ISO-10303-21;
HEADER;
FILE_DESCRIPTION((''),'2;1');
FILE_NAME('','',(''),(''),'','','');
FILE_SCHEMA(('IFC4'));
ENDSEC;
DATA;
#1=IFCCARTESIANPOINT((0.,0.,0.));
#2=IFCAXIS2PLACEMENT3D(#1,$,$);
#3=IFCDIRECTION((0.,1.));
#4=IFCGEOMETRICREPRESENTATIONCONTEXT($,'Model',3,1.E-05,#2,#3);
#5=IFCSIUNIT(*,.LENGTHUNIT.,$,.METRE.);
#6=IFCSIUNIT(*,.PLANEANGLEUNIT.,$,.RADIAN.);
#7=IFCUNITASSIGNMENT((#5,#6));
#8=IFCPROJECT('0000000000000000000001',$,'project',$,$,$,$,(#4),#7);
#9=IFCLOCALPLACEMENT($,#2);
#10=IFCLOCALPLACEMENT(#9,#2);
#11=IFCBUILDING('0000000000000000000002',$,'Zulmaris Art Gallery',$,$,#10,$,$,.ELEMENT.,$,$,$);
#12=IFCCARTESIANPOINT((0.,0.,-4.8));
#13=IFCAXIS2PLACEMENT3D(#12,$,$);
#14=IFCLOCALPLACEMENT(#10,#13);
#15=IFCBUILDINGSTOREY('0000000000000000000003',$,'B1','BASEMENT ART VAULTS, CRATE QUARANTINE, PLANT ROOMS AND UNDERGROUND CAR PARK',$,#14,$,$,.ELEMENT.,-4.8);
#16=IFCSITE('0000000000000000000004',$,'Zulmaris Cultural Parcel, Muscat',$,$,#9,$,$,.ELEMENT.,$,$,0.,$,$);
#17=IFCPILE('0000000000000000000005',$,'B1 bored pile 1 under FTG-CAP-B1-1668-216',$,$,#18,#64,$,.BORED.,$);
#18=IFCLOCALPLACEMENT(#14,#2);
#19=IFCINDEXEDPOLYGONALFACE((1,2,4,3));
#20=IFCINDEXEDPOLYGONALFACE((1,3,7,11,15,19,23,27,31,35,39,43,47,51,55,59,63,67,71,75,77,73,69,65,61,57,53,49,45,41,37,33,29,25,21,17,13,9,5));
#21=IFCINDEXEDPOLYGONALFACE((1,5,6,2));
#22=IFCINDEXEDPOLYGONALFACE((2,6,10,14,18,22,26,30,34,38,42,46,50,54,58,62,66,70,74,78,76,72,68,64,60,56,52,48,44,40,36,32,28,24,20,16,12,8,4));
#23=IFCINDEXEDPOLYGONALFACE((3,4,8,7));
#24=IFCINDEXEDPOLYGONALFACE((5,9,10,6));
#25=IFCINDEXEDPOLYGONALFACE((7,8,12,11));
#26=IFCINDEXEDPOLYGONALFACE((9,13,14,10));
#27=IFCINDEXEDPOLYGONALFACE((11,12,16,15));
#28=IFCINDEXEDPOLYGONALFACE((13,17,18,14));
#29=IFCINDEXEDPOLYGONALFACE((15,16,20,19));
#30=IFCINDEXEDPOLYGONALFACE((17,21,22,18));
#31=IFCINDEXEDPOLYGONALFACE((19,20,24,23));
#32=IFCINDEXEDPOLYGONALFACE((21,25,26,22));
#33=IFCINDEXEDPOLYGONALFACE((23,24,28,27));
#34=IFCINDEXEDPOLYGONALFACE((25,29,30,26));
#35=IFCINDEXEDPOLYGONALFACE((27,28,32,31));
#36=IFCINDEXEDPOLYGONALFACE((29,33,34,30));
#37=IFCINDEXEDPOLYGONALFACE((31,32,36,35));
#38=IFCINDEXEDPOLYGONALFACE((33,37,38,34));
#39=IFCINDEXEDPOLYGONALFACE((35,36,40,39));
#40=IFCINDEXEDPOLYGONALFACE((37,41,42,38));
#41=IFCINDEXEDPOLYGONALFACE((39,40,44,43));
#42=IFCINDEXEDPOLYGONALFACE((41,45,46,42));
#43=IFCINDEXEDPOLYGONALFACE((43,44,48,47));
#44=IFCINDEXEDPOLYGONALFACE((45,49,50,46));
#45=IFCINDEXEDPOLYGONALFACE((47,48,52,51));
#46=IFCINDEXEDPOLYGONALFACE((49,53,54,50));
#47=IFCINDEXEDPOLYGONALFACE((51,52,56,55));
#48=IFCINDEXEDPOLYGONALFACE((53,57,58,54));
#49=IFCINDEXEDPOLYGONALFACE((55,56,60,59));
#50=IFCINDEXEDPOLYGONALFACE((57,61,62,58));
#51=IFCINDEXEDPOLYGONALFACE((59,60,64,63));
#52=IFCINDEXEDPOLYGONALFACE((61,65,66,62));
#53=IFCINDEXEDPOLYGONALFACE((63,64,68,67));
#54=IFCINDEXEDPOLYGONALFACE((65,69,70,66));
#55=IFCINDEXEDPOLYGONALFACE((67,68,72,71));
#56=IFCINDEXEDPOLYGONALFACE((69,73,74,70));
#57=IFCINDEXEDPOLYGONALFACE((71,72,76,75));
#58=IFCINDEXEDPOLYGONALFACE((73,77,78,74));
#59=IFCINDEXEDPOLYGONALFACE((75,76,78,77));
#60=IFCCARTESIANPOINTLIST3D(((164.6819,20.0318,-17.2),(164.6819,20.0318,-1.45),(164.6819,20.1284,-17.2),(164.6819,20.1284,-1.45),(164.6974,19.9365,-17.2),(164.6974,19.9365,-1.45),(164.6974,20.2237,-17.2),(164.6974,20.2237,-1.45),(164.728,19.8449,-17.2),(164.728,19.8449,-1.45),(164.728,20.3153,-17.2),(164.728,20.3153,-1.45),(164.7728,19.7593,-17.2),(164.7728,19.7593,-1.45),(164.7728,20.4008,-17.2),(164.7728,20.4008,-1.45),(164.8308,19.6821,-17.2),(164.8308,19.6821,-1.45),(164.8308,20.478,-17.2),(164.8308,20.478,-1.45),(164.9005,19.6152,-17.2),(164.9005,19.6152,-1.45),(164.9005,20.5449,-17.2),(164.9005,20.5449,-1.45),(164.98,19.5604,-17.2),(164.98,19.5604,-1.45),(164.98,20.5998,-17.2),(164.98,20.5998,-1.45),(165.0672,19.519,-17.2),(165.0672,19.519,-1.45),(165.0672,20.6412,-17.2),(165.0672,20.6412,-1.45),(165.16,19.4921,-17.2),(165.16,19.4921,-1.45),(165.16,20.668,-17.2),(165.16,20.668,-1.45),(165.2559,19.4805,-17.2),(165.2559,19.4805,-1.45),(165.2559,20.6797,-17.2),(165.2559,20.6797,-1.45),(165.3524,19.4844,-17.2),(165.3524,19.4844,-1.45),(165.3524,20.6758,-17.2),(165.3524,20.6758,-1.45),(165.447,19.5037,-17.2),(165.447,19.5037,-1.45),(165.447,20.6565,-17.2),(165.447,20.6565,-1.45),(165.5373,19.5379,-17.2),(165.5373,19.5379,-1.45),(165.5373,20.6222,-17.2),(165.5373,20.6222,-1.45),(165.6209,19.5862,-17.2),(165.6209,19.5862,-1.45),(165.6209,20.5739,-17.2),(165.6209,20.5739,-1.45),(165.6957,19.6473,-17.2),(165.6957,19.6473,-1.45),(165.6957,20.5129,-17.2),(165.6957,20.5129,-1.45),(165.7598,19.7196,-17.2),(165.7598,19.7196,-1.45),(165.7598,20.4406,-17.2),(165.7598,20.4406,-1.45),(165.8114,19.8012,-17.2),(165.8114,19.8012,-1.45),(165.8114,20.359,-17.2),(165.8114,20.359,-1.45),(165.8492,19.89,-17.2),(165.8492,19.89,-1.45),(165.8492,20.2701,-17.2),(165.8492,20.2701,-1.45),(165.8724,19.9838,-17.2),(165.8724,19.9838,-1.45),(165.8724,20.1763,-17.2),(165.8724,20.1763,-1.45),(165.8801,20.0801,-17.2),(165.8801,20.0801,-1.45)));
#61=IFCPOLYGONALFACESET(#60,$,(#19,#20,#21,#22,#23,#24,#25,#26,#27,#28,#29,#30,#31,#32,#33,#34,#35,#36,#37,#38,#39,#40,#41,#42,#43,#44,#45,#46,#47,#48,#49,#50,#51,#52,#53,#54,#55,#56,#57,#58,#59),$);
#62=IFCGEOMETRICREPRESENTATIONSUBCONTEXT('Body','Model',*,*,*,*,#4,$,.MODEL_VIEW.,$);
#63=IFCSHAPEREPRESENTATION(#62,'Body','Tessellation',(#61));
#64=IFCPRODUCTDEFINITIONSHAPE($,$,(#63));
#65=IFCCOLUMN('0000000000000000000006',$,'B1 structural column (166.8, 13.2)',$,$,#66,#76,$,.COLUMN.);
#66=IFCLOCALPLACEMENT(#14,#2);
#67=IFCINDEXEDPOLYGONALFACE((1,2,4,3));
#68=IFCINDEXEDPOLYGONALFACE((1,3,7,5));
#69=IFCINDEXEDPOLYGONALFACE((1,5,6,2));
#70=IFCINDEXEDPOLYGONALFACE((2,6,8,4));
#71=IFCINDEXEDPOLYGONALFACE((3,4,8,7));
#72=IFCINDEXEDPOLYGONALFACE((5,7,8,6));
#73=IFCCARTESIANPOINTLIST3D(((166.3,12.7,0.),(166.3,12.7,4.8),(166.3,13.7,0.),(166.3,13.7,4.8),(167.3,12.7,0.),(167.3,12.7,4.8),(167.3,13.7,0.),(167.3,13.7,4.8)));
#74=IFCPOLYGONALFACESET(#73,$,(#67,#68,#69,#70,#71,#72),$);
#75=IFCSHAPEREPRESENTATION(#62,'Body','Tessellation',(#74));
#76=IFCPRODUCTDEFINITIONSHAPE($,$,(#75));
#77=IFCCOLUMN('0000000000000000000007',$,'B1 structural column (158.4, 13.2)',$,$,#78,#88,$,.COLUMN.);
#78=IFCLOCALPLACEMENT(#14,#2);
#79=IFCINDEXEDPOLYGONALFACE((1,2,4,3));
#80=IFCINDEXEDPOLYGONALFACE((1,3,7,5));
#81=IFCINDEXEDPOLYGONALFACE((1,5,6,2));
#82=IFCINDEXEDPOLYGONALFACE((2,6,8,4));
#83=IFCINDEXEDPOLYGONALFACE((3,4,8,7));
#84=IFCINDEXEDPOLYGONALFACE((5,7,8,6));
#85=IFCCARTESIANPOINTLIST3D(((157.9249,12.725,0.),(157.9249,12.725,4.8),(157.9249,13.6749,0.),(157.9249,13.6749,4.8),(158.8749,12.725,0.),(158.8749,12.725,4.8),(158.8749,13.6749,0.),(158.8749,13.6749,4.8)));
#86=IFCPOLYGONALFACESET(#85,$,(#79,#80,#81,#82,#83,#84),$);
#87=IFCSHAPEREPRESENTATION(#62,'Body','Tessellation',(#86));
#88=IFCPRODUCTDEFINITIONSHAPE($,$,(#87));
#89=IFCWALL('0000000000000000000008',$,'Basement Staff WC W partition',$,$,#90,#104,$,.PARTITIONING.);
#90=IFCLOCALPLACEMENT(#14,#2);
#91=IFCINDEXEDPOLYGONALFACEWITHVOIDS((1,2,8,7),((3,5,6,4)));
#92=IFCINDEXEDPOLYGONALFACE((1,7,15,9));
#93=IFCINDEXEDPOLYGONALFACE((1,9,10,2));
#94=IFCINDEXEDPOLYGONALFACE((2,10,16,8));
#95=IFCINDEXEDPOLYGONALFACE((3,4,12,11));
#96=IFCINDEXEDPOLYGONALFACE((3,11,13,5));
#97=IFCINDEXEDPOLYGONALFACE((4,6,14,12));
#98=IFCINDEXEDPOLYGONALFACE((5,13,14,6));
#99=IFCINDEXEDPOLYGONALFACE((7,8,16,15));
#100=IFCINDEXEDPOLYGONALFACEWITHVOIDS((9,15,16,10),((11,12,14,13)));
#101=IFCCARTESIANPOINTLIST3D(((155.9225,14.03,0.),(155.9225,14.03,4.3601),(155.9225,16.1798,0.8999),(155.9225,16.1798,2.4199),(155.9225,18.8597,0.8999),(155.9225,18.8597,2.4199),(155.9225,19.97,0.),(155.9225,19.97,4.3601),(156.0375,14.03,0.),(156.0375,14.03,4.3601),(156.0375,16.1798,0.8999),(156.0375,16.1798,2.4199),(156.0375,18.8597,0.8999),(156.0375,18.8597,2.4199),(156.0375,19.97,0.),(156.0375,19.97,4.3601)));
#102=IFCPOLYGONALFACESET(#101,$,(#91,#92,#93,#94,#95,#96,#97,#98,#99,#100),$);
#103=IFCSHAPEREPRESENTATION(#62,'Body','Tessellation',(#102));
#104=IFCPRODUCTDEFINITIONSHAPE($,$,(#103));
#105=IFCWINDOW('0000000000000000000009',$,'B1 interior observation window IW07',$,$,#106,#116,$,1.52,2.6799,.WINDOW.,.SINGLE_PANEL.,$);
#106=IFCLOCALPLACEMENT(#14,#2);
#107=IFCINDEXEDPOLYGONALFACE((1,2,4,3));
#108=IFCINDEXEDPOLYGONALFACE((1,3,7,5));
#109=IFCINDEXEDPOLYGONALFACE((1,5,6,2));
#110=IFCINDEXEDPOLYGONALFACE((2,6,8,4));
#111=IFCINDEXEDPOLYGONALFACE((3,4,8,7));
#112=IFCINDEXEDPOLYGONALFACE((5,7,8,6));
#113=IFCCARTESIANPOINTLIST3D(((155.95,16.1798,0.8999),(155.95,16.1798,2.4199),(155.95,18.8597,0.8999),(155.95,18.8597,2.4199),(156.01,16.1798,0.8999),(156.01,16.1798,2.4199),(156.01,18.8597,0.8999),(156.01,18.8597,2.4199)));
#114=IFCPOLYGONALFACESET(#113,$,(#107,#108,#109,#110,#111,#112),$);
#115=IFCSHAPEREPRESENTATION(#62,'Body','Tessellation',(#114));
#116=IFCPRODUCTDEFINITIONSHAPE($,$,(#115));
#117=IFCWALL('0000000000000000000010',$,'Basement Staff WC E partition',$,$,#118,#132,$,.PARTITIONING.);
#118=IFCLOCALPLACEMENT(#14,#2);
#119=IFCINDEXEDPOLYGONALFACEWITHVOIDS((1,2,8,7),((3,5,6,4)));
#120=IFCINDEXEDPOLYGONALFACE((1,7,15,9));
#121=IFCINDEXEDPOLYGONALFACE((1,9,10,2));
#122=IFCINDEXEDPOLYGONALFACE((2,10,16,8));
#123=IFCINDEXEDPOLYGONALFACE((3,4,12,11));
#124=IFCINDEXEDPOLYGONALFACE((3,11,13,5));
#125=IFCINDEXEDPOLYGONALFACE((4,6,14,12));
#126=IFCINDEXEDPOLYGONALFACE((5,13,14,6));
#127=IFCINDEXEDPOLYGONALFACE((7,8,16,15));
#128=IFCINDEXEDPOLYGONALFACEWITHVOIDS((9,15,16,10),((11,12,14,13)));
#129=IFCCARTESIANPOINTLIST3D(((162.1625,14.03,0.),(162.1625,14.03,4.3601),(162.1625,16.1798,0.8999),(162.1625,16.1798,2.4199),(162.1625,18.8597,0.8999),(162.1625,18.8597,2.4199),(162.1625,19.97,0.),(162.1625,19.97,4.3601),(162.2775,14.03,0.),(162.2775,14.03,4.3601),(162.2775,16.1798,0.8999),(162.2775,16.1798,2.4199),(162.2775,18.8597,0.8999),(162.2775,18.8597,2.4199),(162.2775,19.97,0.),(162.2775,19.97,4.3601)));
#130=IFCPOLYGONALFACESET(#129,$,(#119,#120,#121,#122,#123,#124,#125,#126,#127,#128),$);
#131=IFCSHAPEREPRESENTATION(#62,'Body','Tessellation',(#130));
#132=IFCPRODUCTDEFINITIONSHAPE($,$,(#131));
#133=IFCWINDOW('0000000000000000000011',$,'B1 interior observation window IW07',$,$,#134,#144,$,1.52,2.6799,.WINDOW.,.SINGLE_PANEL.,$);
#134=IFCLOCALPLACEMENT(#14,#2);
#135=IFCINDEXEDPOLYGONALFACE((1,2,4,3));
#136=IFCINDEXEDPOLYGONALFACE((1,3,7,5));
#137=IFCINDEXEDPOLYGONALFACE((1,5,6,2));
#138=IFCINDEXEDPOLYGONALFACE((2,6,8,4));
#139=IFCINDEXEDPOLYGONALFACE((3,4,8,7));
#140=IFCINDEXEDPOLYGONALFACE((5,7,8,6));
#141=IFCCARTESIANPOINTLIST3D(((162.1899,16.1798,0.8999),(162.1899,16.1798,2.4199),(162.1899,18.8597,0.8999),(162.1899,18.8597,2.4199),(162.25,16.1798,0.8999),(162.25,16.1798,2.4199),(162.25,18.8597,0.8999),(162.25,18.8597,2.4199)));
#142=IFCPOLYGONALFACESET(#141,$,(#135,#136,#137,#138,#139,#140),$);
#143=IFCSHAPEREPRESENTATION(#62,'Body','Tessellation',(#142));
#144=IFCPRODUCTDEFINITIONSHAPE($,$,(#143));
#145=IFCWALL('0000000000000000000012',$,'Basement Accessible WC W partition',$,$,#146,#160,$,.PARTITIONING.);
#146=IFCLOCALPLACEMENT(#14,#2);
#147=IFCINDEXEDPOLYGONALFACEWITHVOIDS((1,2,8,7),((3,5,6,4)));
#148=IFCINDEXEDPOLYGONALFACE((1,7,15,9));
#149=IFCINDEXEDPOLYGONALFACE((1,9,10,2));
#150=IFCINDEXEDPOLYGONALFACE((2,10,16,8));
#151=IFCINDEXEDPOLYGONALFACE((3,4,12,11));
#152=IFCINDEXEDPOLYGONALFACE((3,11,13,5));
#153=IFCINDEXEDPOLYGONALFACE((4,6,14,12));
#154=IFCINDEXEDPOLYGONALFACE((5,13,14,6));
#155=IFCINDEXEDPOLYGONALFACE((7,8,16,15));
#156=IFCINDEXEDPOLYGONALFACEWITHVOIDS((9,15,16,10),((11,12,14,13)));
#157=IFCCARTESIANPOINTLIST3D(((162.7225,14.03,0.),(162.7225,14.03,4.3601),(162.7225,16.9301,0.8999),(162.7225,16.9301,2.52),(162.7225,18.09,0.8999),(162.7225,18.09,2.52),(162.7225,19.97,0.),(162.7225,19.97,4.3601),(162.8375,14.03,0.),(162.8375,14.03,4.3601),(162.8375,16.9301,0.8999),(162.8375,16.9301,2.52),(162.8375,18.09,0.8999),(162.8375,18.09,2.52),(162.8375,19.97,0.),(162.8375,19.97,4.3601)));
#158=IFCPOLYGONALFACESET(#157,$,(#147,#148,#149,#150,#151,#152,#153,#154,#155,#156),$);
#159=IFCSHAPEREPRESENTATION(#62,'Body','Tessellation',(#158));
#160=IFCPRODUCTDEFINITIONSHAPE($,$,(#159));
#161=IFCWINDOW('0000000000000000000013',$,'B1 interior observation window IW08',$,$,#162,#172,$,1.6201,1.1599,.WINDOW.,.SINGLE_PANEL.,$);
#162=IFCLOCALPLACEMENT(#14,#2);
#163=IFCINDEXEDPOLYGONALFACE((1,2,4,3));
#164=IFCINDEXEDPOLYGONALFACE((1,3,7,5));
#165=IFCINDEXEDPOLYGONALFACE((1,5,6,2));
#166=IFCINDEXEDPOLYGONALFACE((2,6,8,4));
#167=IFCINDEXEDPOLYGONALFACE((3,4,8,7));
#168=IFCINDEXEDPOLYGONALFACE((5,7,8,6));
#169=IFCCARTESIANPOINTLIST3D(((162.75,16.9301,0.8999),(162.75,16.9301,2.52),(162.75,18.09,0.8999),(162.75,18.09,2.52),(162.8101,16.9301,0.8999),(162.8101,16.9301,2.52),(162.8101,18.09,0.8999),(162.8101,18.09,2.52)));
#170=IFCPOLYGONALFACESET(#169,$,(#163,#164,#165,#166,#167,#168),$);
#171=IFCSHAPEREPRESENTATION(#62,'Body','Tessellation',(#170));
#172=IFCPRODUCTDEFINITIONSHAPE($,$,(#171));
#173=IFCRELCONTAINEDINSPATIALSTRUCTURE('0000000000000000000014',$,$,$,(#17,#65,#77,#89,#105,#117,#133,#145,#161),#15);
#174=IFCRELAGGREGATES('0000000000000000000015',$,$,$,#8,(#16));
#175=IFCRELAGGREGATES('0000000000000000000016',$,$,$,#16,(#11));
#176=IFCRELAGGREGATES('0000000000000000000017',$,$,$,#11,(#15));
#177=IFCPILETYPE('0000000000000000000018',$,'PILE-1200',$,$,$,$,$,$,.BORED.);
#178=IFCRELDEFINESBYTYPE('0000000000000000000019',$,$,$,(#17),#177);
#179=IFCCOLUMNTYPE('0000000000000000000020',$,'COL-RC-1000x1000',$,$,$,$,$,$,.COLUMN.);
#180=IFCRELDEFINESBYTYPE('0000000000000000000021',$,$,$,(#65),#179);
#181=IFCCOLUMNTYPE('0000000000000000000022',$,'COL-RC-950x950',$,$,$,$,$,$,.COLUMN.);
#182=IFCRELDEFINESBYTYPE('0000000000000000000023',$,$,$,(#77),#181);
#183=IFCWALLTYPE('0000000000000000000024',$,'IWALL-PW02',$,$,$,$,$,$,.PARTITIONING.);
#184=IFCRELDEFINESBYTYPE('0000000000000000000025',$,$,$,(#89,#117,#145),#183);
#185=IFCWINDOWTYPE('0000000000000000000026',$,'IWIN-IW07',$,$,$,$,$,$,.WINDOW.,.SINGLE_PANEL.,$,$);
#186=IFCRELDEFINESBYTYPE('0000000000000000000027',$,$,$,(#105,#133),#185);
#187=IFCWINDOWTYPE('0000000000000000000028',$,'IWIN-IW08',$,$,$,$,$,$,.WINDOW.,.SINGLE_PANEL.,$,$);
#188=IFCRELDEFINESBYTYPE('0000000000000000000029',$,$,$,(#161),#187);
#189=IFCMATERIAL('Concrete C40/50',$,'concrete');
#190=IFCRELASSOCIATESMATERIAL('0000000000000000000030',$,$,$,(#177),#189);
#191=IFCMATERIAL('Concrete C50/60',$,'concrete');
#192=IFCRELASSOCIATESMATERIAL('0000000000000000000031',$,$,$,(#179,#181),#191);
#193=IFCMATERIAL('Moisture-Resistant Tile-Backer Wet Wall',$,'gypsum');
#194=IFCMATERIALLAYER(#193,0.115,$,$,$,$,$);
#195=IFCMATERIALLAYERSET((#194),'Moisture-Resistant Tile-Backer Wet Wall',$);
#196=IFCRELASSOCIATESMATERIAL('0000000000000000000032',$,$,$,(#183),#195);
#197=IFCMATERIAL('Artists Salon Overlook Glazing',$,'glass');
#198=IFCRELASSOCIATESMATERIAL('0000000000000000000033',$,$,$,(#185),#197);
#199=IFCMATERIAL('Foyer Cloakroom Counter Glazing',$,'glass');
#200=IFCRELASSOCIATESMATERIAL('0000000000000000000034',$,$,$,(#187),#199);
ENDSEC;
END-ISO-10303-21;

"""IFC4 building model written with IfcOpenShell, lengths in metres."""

from ifc_helpers import new_model, si_unit, direction, frame, frame_2d, origin, origin_2d, place, context, subcontext, project, spatial, rectangle, circle, extrude, material, layer, layer_set, material_profile, profile_set, type_object, element, fill, save


model = new_model("IFC4")

# Units and contexts
model_context = context("Model", 3, precision=1e-05, world=origin(), true_north=direction((0.0, 1.0)))
body_context = subcontext(model_context, "Body", "Model", "MODEL_VIEW")
ifc_project = project(units=[si_unit("LENGTHUNIT", "METRE"), si_unit("PLANEANGLEUNIT", "RADIAN")], contexts=[model_context])

# Site, building, storey
site_placement = place(None, origin())
site = spatial("IfcSite", under=ifc_project, at=site_placement, Name="Zulmaris Cultural Parcel, Muscat", CompositionType="ELEMENT", RefElevation=0.0)
building_placement = place(site_placement, origin())
building = spatial("IfcBuilding", under=site, at=building_placement, Name="Zulmaris Art Gallery", CompositionType="ELEMENT")
storey_placement = place(building_placement, frame((0.0, 0.0, -4.8)))
storey = spatial("IfcBuildingStorey", under=building, at=storey_placement, Name="B1", Description="BASEMENT ART VAULTS, CRATE QUARANTINE, PLANT ROOMS AND UNDERGROUND CAR PARK", CompositionType="ELEMENT", Elevation=-4.8)

# Pile
ifc_material_1 = material(Name="Concrete C40/50", Category="concrete")
ifc_material_profile_1 = material_profile(ifc_material_1, circle(Radius=0.6001, at=origin_2d()), Name="PILE DIA 1200")
ifc_profile_set_1 = profile_set([ifc_material_profile_1], Name="Concrete C40/50")
pile_type = type_object("IfcPileType", Name="PILE-1200", PredefinedType="BORED", material=ifc_profile_set_1)
for number, where, z_axis, x_axis, name in (
    (1, (165.28, 20.0801, -1.45), (0.0, 0.0, -1.0), (1.0, 0.0, 0.0), "B1 bored pile 1 under FTG-CAP-B1-1668-216"),
):
    element("IfcPile", number, at=place(storey_placement, frame(where, z_axis=z_axis, x_axis=x_axis)), inside=storey, type_object=pile_type, Name=name, PredefinedType="BORED", context=body_context, shape_type="SweptSolid", body=[
        extrude(circle(Radius=0.6001, at=origin_2d()), origin(), (0.0, 0.0, 1.0), 15.75),
    ])

# Columns
ifc_material_2 = material(Name="Concrete C50/60", Category="concrete")
ifc_material_profile_2 = material_profile(ifc_material_2, rectangle(XDim=1.0, YDim=1.0, at=origin_2d()), Name="RC 1000x1000")
ifc_profile_set_2 = profile_set([ifc_material_profile_2], Name="Concrete C50/60")
column_type_1 = type_object("IfcColumnType", Name="COL-RC-1000x1000", PredefinedType="COLUMN", material=ifc_profile_set_2)
column_1_placement = place(storey_placement, frame((166.8, 13.2, 0.0), z_axis=(0.0, 0.0, 1.0), x_axis=(1.0, 0.0, 0.0)))
element("IfcColumn", 2, at=column_1_placement, inside=storey, type_object=column_type_1, Name="B1 structural column (166.8, 13.2)", PredefinedType="COLUMN", context=body_context, shape_type="SweptSolid", body=[
    extrude(rectangle(XDim=1.0, YDim=1.0, at=origin_2d()), origin(), (0.0, 0.0, 1.0), 4.8),
])
ifc_material_profile_3 = material_profile(ifc_material_2, rectangle(XDim=0.95, YDim=0.95, at=origin_2d()), Name="RC 950x950")
ifc_profile_set_3 = profile_set([ifc_material_profile_3], Name="Concrete C50/60")
column_type_2 = type_object("IfcColumnType", Name="COL-RC-950x950", PredefinedType="COLUMN", material=ifc_profile_set_3)
column_2_placement = place(storey_placement, frame((158.3999, 13.2, 0.0), z_axis=(0.0, 0.0, 1.0), x_axis=(1.0, 0.0, 0.0)))
element("IfcColumn", 3, at=column_2_placement, inside=storey, type_object=column_type_2, Name="B1 structural column (158.4, 13.2)", PredefinedType="COLUMN", context=body_context, shape_type="SweptSolid", body=[
    extrude(rectangle(XDim=0.95, YDim=0.95, at=origin_2d()), origin(), (0.0, 0.0, 1.0), 4.8),
])

# Walls, openings, windows
ifc_material_3 = material(Name="Moisture-Resistant Tile-Backer Wet Wall", Category="gypsum")
ifc_layer_1 = layer(ifc_material_3, 0.115)
ifc_layer_set_1 = layer_set([ifc_layer_1], Name="Moisture-Resistant Tile-Backer Wet Wall")
wall_type_1 = type_object("IfcWallType", Name="IWALL-PW02", PredefinedType="PARTITIONING", material=ifc_layer_set_1)
wall_1_placement = place(storey_placement, frame((155.98, 14.03, 0.0), z_axis=(0.0, 0.0, 1.0), x_axis=(0.0, 1.0, 0.0)))
wall_1 = element("IfcWall", 4, at=wall_1_placement, inside=storey, type_object=wall_type_1, Name="Basement Staff WC W partition", PredefinedType="PARTITIONING", context=body_context, shape_type="SweptSolid", body=[
    extrude(rectangle(XDim=5.9399, YDim=0.115, at=frame_2d((2.97, 0.0))), origin(), (0.0, 0.0, 1.0), 4.3601),
])
opening_1_placement = place(wall_1_placement, frame((2.1499, 0.0, 0.8999)))
opening_1 = element("IfcOpeningElement", 5, at=opening_1_placement, cuts=wall_1, PredefinedType="OPENING", context=body_context, shape_type="SweptSolid", body=[
    extrude(rectangle(XDim=2.6799, YDim=1.52, at=frame_2d((1.3398, 0.76))), frame((0.0, 0.0674, 0.0), z_axis=(0.0, -1.0, 0.0), x_axis=(1.0, 0.0, 0.0)), (0.0, 0.0, 1.0), 0.135),
])
ifc_material_4 = material(Name="Artists Salon Overlook Glazing", Category="glass")
window_type_1 = type_object("IfcWindowType", Name="IWIN-IW07", PartitioningType="SINGLE_PANEL", PredefinedType="WINDOW", material=ifc_material_4)
window_1_placement = place(opening_1_placement, origin())
window_1 = element("IfcWindow", 6, at=window_1_placement, inside=storey, type_object=window_type_1, Name="B1 interior observation window IW07", OverallHeight=1.52, OverallWidth=2.6799, PartitioningType="SINGLE_PANEL", PredefinedType="WINDOW", context=body_context, shape_type="SweptSolid", body=[
    extrude(rectangle(XDim=2.6799, YDim=1.52, at=frame_2d((1.3398, 0.76))), frame((0.0, 0.03, 0.0), z_axis=(0.0, -1.0, 0.0), x_axis=(1.0, 0.0, 0.0)), (0.0, 0.0, 1.0), 0.0601),
])
fill(opening_1, window_1)
wall_2_placement = place(storey_placement, frame((162.22, 14.03, 0.0), z_axis=(0.0, 0.0, 1.0), x_axis=(0.0, 1.0, 0.0)))
wall_2 = element("IfcWall", 7, at=wall_2_placement, inside=storey, type_object=wall_type_1, Name="Basement Staff WC E partition", PredefinedType="PARTITIONING", context=body_context, shape_type="SweptSolid", body=[
    extrude(rectangle(XDim=5.9399, YDim=0.115, at=frame_2d((2.97, 0.0))), origin(), (0.0, 0.0, 1.0), 4.3601),
])
opening_2_placement = place(wall_2_placement, frame((2.1499, 0.0, 0.8999)))
opening_2 = element("IfcOpeningElement", 8, at=opening_2_placement, cuts=wall_2, PredefinedType="OPENING", context=body_context, shape_type="SweptSolid", body=[
    extrude(rectangle(XDim=2.6799, YDim=1.52, at=frame_2d((1.3398, 0.76))), frame((0.0, 0.0674, 0.0), z_axis=(0.0, -1.0, 0.0), x_axis=(1.0, 0.0, 0.0)), (0.0, 0.0, 1.0), 0.135),
])
window_2_placement = place(opening_2_placement, origin())
window_2 = element("IfcWindow", 9, at=window_2_placement, inside=storey, type_object=window_type_1, Name="B1 interior observation window IW07", OverallHeight=1.52, OverallWidth=2.6799, PartitioningType="SINGLE_PANEL", PredefinedType="WINDOW", context=body_context, shape_type="SweptSolid", body=[
    extrude(rectangle(XDim=2.6799, YDim=1.52, at=frame_2d((1.3398, 0.76))), frame((0.0, 0.03, 0.0), z_axis=(0.0, -1.0, 0.0), x_axis=(1.0, 0.0, 0.0)), (0.0, 0.0, 1.0), 0.0601),
])
fill(opening_2, window_2)
wall_3_placement = place(storey_placement, frame((162.78, 14.03, 0.0), z_axis=(0.0, 0.0, 1.0), x_axis=(0.0, 1.0, 0.0)))
wall_3 = element("IfcWall", 10, at=wall_3_placement, inside=storey, type_object=wall_type_1, Name="Basement Accessible WC W partition", PredefinedType="PARTITIONING", context=body_context, shape_type="SweptSolid", body=[
    extrude(rectangle(XDim=5.9399, YDim=0.115, at=frame_2d((2.97, 0.0))), origin(), (0.0, 0.0, 1.0), 4.3601),
])
opening_3_placement = place(wall_3_placement, frame((2.8999, 0.0, 0.8999)))
opening_3 = element("IfcOpeningElement", 11, at=opening_3_placement, cuts=wall_3, PredefinedType="OPENING", context=body_context, shape_type="SweptSolid", body=[
    extrude(rectangle(XDim=1.1599, YDim=1.6201, at=frame_2d((0.5801, 0.8101))), frame((0.0, 0.0674, 0.0), z_axis=(0.0, -1.0, 0.0), x_axis=(1.0, 0.0, 0.0)), (0.0, 0.0, 1.0), 0.135),
])
ifc_material_5 = material(Name="Foyer Cloakroom Counter Glazing", Category="glass")
window_type_2 = type_object("IfcWindowType", Name="IWIN-IW08", PartitioningType="SINGLE_PANEL", PredefinedType="WINDOW", material=ifc_material_5)
window_3_placement = place(opening_3_placement, origin())
window_3 = element("IfcWindow", 12, at=window_3_placement, inside=storey, type_object=window_type_2, Name="B1 interior observation window IW08", OverallHeight=1.6201, OverallWidth=1.1599, PartitioningType="SINGLE_PANEL", PredefinedType="WINDOW", context=body_context, shape_type="SweptSolid", body=[
    extrude(rectangle(XDim=1.1599, YDim=1.6201, at=frame_2d((0.5801, 0.8101))), frame((0.0, 0.03, 0.0), z_axis=(0.0, -1.0, 0.0), x_axis=(1.0, 0.0, 0.0)), (0.0, 0.0, 1.0), 0.0601),
])
fill(opening_3, window_3)

save(model, "model.ifc")
